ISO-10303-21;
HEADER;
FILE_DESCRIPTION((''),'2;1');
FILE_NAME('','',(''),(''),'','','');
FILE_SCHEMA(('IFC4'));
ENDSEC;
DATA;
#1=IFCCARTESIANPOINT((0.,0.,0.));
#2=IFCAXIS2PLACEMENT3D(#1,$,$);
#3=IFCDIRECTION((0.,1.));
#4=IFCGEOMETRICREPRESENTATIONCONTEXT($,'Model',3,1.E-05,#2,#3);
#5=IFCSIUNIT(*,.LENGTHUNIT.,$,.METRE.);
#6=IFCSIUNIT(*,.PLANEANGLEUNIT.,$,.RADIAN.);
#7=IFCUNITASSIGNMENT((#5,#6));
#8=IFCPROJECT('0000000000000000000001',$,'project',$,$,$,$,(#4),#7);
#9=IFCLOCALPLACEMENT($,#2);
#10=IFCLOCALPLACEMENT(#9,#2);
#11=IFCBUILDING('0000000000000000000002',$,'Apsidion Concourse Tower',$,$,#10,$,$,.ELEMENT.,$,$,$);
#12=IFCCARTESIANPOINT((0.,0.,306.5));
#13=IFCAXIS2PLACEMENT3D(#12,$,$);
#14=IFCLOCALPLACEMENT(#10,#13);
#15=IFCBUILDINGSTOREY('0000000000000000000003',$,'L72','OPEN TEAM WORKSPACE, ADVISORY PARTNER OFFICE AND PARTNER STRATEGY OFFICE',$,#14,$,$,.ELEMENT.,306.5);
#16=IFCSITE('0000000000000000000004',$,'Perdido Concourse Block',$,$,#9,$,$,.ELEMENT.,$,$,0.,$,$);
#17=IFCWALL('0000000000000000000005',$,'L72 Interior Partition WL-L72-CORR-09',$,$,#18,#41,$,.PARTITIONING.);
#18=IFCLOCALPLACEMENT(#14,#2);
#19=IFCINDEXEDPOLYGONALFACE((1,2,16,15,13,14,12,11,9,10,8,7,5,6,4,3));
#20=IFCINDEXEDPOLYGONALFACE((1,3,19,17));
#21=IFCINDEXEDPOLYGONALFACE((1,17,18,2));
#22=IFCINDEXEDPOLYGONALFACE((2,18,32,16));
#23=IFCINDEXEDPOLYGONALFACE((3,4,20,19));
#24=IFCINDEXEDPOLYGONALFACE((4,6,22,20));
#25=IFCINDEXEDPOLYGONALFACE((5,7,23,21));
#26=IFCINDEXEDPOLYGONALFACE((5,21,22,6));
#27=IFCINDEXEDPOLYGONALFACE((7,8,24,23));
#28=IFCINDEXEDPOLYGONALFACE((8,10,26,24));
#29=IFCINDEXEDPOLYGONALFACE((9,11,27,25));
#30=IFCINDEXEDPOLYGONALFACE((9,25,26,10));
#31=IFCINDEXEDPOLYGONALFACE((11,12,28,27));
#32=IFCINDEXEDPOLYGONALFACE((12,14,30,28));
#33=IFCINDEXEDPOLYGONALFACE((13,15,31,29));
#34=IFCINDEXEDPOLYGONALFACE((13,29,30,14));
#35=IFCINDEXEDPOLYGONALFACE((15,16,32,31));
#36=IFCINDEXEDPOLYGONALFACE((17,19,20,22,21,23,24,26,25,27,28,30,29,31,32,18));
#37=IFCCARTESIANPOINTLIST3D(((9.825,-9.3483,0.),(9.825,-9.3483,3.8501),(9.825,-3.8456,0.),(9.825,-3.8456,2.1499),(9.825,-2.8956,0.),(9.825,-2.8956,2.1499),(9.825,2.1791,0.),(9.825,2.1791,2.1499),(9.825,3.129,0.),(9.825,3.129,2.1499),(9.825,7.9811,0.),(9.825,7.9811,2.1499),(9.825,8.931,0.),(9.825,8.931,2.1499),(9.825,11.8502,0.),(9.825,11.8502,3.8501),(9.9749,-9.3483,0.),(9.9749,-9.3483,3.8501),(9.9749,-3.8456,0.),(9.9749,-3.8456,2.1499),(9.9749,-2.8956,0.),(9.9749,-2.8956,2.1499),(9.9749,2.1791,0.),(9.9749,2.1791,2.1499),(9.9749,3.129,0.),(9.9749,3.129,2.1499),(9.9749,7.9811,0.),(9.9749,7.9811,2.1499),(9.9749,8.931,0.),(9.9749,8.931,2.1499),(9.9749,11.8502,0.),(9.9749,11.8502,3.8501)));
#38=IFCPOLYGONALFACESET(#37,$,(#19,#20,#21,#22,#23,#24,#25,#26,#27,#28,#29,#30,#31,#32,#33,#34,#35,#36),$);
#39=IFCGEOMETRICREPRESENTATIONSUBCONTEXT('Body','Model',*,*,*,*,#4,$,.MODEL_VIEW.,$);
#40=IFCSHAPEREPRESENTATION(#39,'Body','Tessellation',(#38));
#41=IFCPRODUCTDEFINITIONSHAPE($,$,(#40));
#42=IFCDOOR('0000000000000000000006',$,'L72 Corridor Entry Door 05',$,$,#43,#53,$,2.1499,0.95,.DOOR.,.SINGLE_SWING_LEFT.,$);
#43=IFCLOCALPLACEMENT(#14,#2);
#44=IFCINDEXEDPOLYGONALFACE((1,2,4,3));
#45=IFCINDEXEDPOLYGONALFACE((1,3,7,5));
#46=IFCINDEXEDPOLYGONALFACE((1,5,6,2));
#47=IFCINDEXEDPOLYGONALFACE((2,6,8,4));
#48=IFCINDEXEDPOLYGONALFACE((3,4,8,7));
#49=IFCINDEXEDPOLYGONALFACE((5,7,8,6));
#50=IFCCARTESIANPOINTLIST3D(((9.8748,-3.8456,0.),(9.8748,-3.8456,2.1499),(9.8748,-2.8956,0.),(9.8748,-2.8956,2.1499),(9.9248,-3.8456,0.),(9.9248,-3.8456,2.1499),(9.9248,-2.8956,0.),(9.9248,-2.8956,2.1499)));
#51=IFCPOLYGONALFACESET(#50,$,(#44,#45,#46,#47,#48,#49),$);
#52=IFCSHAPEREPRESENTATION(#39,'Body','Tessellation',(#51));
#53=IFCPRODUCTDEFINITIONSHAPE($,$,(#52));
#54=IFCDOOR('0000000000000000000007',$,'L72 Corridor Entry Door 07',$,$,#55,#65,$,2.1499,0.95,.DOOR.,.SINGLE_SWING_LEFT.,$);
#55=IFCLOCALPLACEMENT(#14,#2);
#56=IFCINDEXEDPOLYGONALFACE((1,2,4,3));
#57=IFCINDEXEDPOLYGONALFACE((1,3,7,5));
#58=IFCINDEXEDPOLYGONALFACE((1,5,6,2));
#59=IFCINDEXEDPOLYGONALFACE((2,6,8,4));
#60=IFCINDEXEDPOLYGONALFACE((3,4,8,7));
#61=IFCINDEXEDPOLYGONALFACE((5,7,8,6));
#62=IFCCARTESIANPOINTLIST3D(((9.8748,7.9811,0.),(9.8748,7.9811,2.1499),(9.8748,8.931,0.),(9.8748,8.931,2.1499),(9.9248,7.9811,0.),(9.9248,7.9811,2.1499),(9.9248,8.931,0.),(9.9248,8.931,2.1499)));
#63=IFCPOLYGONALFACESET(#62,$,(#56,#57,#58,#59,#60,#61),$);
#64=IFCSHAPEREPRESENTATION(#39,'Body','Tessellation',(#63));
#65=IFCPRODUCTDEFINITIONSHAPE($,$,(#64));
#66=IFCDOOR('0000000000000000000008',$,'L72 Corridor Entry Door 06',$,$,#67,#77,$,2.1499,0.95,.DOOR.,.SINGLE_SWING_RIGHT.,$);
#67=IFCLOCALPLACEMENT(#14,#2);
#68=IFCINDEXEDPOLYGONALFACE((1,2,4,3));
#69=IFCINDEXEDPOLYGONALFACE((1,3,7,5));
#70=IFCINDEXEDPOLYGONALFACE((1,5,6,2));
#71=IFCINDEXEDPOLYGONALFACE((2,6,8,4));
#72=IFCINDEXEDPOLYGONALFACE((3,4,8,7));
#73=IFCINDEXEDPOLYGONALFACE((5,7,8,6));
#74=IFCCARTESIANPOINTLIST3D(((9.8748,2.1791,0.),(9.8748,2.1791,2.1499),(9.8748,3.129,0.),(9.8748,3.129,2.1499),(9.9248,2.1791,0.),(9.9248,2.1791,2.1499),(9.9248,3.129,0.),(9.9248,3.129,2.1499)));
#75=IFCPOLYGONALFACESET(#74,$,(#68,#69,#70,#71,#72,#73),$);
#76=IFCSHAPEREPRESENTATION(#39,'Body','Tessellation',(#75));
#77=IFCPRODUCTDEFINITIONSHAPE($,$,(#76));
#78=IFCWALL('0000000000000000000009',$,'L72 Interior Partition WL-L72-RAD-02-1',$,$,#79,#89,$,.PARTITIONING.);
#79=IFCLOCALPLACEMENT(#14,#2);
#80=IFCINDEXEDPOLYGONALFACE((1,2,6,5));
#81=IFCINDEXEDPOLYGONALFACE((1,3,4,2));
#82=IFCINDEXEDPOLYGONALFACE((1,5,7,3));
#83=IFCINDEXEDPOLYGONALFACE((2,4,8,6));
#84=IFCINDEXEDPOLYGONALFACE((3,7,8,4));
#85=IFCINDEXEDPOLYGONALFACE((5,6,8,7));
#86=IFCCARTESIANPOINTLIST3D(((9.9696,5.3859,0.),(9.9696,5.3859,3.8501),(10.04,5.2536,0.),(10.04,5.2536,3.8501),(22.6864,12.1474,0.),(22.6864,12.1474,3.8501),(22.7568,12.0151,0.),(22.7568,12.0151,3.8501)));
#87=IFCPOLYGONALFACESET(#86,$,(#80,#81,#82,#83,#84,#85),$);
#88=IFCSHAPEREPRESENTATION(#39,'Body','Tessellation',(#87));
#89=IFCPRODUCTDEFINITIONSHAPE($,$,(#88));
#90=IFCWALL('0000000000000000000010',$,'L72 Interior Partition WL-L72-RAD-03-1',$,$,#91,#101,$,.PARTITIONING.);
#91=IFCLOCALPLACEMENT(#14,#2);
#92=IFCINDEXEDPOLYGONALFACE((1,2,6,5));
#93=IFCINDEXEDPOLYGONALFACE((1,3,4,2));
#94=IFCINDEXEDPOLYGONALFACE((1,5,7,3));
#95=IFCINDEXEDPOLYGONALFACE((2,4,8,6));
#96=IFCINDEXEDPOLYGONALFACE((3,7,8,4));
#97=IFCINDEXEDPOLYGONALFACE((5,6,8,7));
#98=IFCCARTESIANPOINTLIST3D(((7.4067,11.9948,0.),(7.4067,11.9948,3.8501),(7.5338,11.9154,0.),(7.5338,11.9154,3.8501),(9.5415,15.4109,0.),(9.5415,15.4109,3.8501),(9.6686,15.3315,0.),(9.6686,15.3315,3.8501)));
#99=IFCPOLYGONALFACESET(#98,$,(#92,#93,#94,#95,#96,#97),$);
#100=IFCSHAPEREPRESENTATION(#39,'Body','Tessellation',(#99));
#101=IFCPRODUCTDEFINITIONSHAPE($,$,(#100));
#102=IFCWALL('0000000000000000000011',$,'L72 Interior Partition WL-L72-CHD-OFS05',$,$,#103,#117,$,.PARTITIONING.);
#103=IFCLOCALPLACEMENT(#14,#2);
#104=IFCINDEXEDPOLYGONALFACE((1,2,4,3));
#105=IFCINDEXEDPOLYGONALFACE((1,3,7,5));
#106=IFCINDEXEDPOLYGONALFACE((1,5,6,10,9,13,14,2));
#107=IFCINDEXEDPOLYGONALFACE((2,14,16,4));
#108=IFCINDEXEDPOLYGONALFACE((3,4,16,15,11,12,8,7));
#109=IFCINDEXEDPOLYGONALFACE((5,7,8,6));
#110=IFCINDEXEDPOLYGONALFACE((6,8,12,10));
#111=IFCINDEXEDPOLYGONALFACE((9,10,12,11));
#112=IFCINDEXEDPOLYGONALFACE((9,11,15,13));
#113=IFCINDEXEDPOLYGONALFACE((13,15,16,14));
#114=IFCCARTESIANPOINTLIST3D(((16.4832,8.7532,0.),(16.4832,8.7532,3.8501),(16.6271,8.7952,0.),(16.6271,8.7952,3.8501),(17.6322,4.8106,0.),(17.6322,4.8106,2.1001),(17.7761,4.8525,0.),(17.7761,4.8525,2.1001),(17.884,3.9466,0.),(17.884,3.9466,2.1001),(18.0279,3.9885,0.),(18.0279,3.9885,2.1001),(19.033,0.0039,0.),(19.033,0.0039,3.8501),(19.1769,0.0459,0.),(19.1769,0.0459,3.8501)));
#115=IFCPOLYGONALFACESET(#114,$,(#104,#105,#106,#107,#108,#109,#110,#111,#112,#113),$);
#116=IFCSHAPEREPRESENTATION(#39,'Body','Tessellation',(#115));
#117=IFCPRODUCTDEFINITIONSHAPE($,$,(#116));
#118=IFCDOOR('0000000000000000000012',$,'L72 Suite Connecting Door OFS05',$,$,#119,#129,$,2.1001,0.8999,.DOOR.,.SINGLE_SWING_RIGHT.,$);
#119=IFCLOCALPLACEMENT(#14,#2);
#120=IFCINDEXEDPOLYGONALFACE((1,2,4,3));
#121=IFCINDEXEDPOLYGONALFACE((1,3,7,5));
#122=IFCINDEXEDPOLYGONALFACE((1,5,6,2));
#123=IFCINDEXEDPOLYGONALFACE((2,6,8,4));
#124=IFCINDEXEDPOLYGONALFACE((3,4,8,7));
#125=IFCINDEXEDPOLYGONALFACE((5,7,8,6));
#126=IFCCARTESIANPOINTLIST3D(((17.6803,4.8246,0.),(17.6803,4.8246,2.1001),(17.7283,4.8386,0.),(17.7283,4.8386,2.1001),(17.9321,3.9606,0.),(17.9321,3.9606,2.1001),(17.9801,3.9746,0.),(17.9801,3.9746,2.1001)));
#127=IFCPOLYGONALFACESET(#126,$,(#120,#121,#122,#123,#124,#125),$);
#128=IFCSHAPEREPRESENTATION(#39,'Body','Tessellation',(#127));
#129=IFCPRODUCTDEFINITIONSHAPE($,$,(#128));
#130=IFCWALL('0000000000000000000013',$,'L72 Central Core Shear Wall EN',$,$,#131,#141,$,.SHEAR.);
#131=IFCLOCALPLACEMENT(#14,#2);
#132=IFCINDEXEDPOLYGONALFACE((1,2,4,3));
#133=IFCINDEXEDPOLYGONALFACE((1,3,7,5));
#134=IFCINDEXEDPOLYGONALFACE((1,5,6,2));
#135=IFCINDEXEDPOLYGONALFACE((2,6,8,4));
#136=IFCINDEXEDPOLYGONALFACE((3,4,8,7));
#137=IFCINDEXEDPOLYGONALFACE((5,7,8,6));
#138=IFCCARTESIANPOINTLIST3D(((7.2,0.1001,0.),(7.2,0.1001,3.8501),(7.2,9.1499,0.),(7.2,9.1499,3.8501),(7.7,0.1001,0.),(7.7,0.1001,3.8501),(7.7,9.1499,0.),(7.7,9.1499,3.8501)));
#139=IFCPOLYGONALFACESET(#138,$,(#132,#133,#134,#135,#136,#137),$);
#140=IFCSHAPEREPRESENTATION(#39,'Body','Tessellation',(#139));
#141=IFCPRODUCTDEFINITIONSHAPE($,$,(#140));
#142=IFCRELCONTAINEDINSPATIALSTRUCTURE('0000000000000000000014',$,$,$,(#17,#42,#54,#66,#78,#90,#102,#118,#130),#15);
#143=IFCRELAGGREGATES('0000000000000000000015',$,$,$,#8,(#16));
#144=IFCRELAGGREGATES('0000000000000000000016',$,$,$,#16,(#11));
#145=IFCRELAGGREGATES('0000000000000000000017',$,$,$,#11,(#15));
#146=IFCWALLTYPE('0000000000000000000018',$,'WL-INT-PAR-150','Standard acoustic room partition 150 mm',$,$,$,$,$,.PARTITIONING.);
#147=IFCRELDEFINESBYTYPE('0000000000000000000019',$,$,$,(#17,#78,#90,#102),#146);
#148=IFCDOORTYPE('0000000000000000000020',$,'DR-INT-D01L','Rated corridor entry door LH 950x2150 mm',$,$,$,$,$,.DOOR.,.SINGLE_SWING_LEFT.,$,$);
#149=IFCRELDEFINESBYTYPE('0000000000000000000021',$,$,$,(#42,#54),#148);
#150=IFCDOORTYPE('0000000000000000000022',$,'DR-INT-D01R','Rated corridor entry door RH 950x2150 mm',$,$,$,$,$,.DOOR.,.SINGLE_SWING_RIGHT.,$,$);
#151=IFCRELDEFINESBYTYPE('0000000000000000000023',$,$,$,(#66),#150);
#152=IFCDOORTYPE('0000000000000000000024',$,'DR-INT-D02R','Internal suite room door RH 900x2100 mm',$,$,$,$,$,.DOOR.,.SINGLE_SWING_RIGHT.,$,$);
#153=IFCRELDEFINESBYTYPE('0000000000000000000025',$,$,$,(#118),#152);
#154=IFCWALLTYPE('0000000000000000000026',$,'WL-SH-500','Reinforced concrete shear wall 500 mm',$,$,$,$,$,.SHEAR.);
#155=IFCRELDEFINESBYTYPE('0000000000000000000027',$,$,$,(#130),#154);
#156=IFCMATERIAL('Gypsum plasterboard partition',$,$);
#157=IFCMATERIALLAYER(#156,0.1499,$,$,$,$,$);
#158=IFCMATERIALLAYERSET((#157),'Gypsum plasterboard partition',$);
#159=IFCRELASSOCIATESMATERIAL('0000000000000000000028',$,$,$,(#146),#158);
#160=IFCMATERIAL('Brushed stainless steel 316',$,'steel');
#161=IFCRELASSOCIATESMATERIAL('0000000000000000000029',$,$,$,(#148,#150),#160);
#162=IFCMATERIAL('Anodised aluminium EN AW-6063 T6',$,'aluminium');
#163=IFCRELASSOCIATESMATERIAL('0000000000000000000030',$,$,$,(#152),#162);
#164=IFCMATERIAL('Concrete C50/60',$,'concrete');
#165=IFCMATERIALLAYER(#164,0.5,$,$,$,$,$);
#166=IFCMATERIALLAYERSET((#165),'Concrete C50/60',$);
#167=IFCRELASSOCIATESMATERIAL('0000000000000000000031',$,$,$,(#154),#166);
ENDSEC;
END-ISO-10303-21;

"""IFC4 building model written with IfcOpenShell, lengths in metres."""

from ifc_helpers import new_model, si_unit, direction, frame, frame_2d, origin, place, context, subcontext, project, spatial, rectangle, extrude, material, layer, layer_set, type_object, element, fill, save


model = new_model("IFC4")

# Units and contexts
model_context = context("Model", 3, precision=1e-05, world=origin(), true_north=direction((0.0, 1.0)))
body_context = subcontext(model_context, "Body", "Model", "MODEL_VIEW")
ifc_project = project(units=[si_unit("LENGTHUNIT", "METRE"), si_unit("PLANEANGLEUNIT", "RADIAN")], contexts=[model_context])

# Site, building, storey
site_placement = place(None, origin())
site = spatial("IfcSite", under=ifc_project, at=site_placement, Name="Perdido Concourse Block", CompositionType="ELEMENT", RefElevation=0.0)
building_placement = place(site_placement, origin())
building = spatial("IfcBuilding", under=site, at=building_placement, Name="Apsidion Concourse Tower", CompositionType="ELEMENT")
storey_placement = place(building_placement, frame((0.0, 0.0, 306.5)))
storey = spatial("IfcBuildingStorey", under=building, at=storey_placement, Name="L72", Description="OPEN TEAM WORKSPACE, ADVISORY PARTNER OFFICE AND PARTNER STRATEGY OFFICE", CompositionType="ELEMENT", Elevation=306.5)

# Shared definitions
ifc_material_1 = material(Name="Concrete C50/60", Category="concrete")

# Shared definitions
ifc_material_2 = material(Name="Anodised aluminium EN AW-6063 T6", Category="aluminium")

# Wall, openings, doors
ifc_material_3 = material(Name="Gypsum plasterboard partition")
ifc_layer_1 = layer(ifc_material_3, 0.1499)
ifc_layer_set_1 = layer_set([ifc_layer_1], Name="Gypsum plasterboard partition")
wall_type_1 = type_object("IfcWallType", Name="WL-INT-PAR-150", Description="Standard acoustic room partition 150 mm", PredefinedType="PARTITIONING", material=ifc_layer_set_1)
wall_1_placement = place(storey_placement, frame((9.8999, 11.8501, 0.0), z_axis=(0.0, 0.0, 1.0), x_axis=(0.0, -1.0, 0.0)))
wall_1 = element("IfcWall", 1, at=wall_1_placement, inside=storey, type_object=wall_type_1, Name="L72 Interior Partition WL-L72-CORR-09", PredefinedType="PARTITIONING", context=body_context, shape_type="SweptSolid", body=[
    extrude(rectangle(XDim=21.1985, YDim=0.1499, at=frame_2d((10.5991, 0.0))), origin(), (0.0, 0.0, 1.0), 3.8501),
])
opening_1_placement = place(wall_1_placement, frame((14.7456, 0.0, 0.0)))
opening_1 = element("IfcOpeningElement", 2, at=opening_1_placement, cuts=wall_1, PredefinedType="OPENING", context=body_context, shape_type="SweptSolid", body=[
    extrude(rectangle(XDim=0.95, YDim=2.1499, at=frame_2d((0.4751, 1.075))), frame((0.0, 0.085, 0.0), z_axis=(0.0, -1.0, 0.0), x_axis=(1.0, 0.0, 0.0)), (0.0, 0.0, 1.0), 0.1699),
])
opening_2_placement = place(wall_1_placement, frame((8.7209, 0.0, 0.0)))
opening_2 = element("IfcOpeningElement", 3, at=opening_2_placement, cuts=wall_1, PredefinedType="OPENING", context=body_context, shape_type="SweptSolid", body=[
    extrude(rectangle(XDim=0.95, YDim=2.1499, at=frame_2d((0.4751, 1.075))), frame((0.0, 0.085, 0.0), z_axis=(0.0, -1.0, 0.0), x_axis=(1.0, 0.0, 0.0)), (0.0, 0.0, 1.0), 0.1699),
])
opening_3_placement = place(wall_1_placement, frame((2.9189, 0.0, 0.0)))
opening_3 = element("IfcOpeningElement", 4, at=opening_3_placement, cuts=wall_1, PredefinedType="OPENING", context=body_context, shape_type="SweptSolid", body=[
    extrude(rectangle(XDim=0.95, YDim=2.1499, at=frame_2d((0.4751, 1.075))), frame((0.0, 0.085, 0.0), z_axis=(0.0, -1.0, 0.0), x_axis=(1.0, 0.0, 0.0)), (0.0, 0.0, 1.0), 0.1699),
])
ifc_material_4 = material(Name="Brushed stainless steel 316", Category="steel")
door_type_1 = type_object("IfcDoorType", Name="DR-INT-D01L", Description="Rated corridor entry door LH 950x2150 mm", OperationType="SINGLE_SWING_LEFT", PredefinedType="DOOR", material=ifc_material_4)
door_1_placement = place(opening_1_placement, origin())
door_1 = element("IfcDoor", 5, at=door_1_placement, inside=storey, type_object=door_type_1, Name="L72 Corridor Entry Door 05", OperationType="SINGLE_SWING_LEFT", OverallHeight=2.1499, OverallWidth=0.95, PredefinedType="DOOR", context=body_context, shape_type="SweptSolid", body=[
    extrude(rectangle(XDim=0.95, YDim=2.1499, at=frame_2d((0.4751, 1.075))), frame((0.0, 0.0249, 0.0), z_axis=(0.0, -1.0, 0.0), x_axis=(1.0, 0.0, 0.0)), (0.0, 0.0, 1.0), 0.05),
])
fill(opening_1, door_1)
door_2_placement = place(opening_3_placement, origin())
door_2 = element("IfcDoor", 6, at=door_2_placement, inside=storey, type_object=door_type_1, Name="L72 Corridor Entry Door 07", OperationType="SINGLE_SWING_LEFT", OverallHeight=2.1499, OverallWidth=0.95, PredefinedType="DOOR", context=body_context, shape_type="SweptSolid", body=[
    extrude(rectangle(XDim=0.95, YDim=2.1499, at=frame_2d((0.4751, 1.075))), frame((0.0, 0.0249, 0.0), z_axis=(0.0, -1.0, 0.0), x_axis=(1.0, 0.0, 0.0)), (0.0, 0.0, 1.0), 0.05),
])
fill(opening_3, door_2)
door_type_2 = type_object("IfcDoorType", Name="DR-INT-D01R", Description="Rated corridor entry door RH 950x2150 mm", OperationType="SINGLE_SWING_RIGHT", PredefinedType="DOOR", material=ifc_material_4)
door_3_placement = place(opening_2_placement, origin())
door_3 = element("IfcDoor", 7, at=door_3_placement, inside=storey, type_object=door_type_2, Name="L72 Corridor Entry Door 06", OperationType="SINGLE_SWING_RIGHT", OverallHeight=2.1499, OverallWidth=0.95, PredefinedType="DOOR", context=body_context, shape_type="SweptSolid", body=[
    extrude(rectangle(XDim=0.95, YDim=2.1499, at=frame_2d((0.4751, 1.075))), frame((0.0, 0.0249, 0.0), z_axis=(0.0, -1.0, 0.0), x_axis=(1.0, 0.0, 0.0)), (0.0, 0.0, 1.0), 0.05),
])
fill(opening_2, door_3)

# Walls
wall_2_placement = place(storey_placement, frame((10.0049, 5.3198, 0.0), z_axis=(0.0, 0.0, 1.0), x_axis=(0.882952, 0.469463, 0.0)))
element("IfcWall", 8, at=wall_2_placement, inside=storey, type_object=wall_type_1, Name="L72 Interior Partition WL-L72-RAD-02-1", PredefinedType="PARTITIONING", context=body_context, shape_type="SweptSolid", body=[
    extrude(rectangle(XDim=14.4026, YDim=0.1499, at=frame_2d((7.2012, 0.0))), origin(), (0.0, 0.0, 1.0), 3.8501),
])
wall_3_placement = place(storey_placement, frame((7.4702, 11.9551, 0.0), z_axis=(0.0, 0.0, 1.0), x_axis=(0.529955, 0.848026, 0.0)))
element("IfcWall", 9, at=wall_3_placement, inside=storey, type_object=wall_type_1, Name="L72 Interior Partition WL-L72-RAD-03-1", PredefinedType="PARTITIONING", context=body_context, shape_type="SweptSolid", body=[
    extrude(rectangle(XDim=4.0283, YDim=0.1499, at=frame_2d((2.0142, 0.0))), origin(), (0.0, 0.0, 1.0), 3.8501),
])

# Wall, opening, door
wall_4_placement = place(storey_placement, frame((19.105, 0.0249, 0.0), z_axis=(0.0, 0.0, 1.0), x_axis=(-0.279791, 0.960061, 0.0)))
wall_4 = element("IfcWall", 10, at=wall_4_placement, inside=storey, type_object=wall_type_1, Name="L72 Interior Partition WL-L72-CHD-OFS05", PredefinedType="PARTITIONING", context=body_context, shape_type="SweptSolid", body=[
    extrude(rectangle(XDim=9.1133, YDim=0.1499, at=frame_2d((4.5566, 0.0))), origin(), (0.0, 0.0, 1.0), 3.8501),
])
opening_4_placement = place(wall_4_placement, frame((4.1067, 0.0, 0.0)))
opening_4 = element("IfcOpeningElement", 11, at=opening_4_placement, cuts=wall_4, PredefinedType="OPENING", context=body_context, shape_type="SweptSolid", body=[
    extrude(rectangle(XDim=0.8999, YDim=2.1001, at=frame_2d((0.45, 1.05))), frame((0.0, 0.085, 0.0), z_axis=(0.0, -1.0, 0.0), x_axis=(1.0, 0.0, 0.0)), (0.0, 0.0, 1.0), 0.1699),
])
door_type_3 = type_object("IfcDoorType", Name="DR-INT-D02R", Description="Internal suite room door RH 900x2100 mm", OperationType="SINGLE_SWING_RIGHT", PredefinedType="DOOR", material=ifc_material_2)
door_4_placement = place(opening_4_placement, origin())
door_4 = element("IfcDoor", 12, at=door_4_placement, inside=storey, type_object=door_type_3, Name="L72 Suite Connecting Door OFS05", OperationType="SINGLE_SWING_RIGHT", OverallHeight=2.1001, OverallWidth=0.8999, PredefinedType="DOOR", context=body_context, shape_type="SweptSolid", body=[
    extrude(rectangle(XDim=0.8999, YDim=2.1001, at=frame_2d((0.45, 1.05))), frame((0.0, 0.0249, 0.0), z_axis=(0.0, -1.0, 0.0), x_axis=(1.0, 0.0, 0.0)), (0.0, 0.0, 1.0), 0.05),
])
fill(opening_4, door_4)

# Wall
ifc_layer_2 = layer(ifc_material_1, 0.5)
ifc_layer_set_2 = layer_set([ifc_layer_2], Name="Concrete C50/60")
wall_type_2 = type_object("IfcWallType", Name="WL-SH-500", Description="Reinforced concrete shear wall 500 mm", PredefinedType="SHEAR", material=ifc_layer_set_2)
wall_5_placement = place(storey_placement, frame((7.45, 0.1001, 0.0), z_axis=(0.0, 0.0, 1.0), x_axis=(0.0, 1.0, 0.0)))
element("IfcWall", 13, at=wall_5_placement, inside=storey, type_object=wall_type_2, Name="L72 Central Core Shear Wall EN", PredefinedType="SHEAR", context=body_context, shape_type="SweptSolid", body=[
    extrude(rectangle(XDim=9.0498, YDim=0.5, at=frame_2d((4.5249, 0.0))), origin(), (0.0, 0.0, 1.0), 3.8501),
])

save(model, "model.ifc")
